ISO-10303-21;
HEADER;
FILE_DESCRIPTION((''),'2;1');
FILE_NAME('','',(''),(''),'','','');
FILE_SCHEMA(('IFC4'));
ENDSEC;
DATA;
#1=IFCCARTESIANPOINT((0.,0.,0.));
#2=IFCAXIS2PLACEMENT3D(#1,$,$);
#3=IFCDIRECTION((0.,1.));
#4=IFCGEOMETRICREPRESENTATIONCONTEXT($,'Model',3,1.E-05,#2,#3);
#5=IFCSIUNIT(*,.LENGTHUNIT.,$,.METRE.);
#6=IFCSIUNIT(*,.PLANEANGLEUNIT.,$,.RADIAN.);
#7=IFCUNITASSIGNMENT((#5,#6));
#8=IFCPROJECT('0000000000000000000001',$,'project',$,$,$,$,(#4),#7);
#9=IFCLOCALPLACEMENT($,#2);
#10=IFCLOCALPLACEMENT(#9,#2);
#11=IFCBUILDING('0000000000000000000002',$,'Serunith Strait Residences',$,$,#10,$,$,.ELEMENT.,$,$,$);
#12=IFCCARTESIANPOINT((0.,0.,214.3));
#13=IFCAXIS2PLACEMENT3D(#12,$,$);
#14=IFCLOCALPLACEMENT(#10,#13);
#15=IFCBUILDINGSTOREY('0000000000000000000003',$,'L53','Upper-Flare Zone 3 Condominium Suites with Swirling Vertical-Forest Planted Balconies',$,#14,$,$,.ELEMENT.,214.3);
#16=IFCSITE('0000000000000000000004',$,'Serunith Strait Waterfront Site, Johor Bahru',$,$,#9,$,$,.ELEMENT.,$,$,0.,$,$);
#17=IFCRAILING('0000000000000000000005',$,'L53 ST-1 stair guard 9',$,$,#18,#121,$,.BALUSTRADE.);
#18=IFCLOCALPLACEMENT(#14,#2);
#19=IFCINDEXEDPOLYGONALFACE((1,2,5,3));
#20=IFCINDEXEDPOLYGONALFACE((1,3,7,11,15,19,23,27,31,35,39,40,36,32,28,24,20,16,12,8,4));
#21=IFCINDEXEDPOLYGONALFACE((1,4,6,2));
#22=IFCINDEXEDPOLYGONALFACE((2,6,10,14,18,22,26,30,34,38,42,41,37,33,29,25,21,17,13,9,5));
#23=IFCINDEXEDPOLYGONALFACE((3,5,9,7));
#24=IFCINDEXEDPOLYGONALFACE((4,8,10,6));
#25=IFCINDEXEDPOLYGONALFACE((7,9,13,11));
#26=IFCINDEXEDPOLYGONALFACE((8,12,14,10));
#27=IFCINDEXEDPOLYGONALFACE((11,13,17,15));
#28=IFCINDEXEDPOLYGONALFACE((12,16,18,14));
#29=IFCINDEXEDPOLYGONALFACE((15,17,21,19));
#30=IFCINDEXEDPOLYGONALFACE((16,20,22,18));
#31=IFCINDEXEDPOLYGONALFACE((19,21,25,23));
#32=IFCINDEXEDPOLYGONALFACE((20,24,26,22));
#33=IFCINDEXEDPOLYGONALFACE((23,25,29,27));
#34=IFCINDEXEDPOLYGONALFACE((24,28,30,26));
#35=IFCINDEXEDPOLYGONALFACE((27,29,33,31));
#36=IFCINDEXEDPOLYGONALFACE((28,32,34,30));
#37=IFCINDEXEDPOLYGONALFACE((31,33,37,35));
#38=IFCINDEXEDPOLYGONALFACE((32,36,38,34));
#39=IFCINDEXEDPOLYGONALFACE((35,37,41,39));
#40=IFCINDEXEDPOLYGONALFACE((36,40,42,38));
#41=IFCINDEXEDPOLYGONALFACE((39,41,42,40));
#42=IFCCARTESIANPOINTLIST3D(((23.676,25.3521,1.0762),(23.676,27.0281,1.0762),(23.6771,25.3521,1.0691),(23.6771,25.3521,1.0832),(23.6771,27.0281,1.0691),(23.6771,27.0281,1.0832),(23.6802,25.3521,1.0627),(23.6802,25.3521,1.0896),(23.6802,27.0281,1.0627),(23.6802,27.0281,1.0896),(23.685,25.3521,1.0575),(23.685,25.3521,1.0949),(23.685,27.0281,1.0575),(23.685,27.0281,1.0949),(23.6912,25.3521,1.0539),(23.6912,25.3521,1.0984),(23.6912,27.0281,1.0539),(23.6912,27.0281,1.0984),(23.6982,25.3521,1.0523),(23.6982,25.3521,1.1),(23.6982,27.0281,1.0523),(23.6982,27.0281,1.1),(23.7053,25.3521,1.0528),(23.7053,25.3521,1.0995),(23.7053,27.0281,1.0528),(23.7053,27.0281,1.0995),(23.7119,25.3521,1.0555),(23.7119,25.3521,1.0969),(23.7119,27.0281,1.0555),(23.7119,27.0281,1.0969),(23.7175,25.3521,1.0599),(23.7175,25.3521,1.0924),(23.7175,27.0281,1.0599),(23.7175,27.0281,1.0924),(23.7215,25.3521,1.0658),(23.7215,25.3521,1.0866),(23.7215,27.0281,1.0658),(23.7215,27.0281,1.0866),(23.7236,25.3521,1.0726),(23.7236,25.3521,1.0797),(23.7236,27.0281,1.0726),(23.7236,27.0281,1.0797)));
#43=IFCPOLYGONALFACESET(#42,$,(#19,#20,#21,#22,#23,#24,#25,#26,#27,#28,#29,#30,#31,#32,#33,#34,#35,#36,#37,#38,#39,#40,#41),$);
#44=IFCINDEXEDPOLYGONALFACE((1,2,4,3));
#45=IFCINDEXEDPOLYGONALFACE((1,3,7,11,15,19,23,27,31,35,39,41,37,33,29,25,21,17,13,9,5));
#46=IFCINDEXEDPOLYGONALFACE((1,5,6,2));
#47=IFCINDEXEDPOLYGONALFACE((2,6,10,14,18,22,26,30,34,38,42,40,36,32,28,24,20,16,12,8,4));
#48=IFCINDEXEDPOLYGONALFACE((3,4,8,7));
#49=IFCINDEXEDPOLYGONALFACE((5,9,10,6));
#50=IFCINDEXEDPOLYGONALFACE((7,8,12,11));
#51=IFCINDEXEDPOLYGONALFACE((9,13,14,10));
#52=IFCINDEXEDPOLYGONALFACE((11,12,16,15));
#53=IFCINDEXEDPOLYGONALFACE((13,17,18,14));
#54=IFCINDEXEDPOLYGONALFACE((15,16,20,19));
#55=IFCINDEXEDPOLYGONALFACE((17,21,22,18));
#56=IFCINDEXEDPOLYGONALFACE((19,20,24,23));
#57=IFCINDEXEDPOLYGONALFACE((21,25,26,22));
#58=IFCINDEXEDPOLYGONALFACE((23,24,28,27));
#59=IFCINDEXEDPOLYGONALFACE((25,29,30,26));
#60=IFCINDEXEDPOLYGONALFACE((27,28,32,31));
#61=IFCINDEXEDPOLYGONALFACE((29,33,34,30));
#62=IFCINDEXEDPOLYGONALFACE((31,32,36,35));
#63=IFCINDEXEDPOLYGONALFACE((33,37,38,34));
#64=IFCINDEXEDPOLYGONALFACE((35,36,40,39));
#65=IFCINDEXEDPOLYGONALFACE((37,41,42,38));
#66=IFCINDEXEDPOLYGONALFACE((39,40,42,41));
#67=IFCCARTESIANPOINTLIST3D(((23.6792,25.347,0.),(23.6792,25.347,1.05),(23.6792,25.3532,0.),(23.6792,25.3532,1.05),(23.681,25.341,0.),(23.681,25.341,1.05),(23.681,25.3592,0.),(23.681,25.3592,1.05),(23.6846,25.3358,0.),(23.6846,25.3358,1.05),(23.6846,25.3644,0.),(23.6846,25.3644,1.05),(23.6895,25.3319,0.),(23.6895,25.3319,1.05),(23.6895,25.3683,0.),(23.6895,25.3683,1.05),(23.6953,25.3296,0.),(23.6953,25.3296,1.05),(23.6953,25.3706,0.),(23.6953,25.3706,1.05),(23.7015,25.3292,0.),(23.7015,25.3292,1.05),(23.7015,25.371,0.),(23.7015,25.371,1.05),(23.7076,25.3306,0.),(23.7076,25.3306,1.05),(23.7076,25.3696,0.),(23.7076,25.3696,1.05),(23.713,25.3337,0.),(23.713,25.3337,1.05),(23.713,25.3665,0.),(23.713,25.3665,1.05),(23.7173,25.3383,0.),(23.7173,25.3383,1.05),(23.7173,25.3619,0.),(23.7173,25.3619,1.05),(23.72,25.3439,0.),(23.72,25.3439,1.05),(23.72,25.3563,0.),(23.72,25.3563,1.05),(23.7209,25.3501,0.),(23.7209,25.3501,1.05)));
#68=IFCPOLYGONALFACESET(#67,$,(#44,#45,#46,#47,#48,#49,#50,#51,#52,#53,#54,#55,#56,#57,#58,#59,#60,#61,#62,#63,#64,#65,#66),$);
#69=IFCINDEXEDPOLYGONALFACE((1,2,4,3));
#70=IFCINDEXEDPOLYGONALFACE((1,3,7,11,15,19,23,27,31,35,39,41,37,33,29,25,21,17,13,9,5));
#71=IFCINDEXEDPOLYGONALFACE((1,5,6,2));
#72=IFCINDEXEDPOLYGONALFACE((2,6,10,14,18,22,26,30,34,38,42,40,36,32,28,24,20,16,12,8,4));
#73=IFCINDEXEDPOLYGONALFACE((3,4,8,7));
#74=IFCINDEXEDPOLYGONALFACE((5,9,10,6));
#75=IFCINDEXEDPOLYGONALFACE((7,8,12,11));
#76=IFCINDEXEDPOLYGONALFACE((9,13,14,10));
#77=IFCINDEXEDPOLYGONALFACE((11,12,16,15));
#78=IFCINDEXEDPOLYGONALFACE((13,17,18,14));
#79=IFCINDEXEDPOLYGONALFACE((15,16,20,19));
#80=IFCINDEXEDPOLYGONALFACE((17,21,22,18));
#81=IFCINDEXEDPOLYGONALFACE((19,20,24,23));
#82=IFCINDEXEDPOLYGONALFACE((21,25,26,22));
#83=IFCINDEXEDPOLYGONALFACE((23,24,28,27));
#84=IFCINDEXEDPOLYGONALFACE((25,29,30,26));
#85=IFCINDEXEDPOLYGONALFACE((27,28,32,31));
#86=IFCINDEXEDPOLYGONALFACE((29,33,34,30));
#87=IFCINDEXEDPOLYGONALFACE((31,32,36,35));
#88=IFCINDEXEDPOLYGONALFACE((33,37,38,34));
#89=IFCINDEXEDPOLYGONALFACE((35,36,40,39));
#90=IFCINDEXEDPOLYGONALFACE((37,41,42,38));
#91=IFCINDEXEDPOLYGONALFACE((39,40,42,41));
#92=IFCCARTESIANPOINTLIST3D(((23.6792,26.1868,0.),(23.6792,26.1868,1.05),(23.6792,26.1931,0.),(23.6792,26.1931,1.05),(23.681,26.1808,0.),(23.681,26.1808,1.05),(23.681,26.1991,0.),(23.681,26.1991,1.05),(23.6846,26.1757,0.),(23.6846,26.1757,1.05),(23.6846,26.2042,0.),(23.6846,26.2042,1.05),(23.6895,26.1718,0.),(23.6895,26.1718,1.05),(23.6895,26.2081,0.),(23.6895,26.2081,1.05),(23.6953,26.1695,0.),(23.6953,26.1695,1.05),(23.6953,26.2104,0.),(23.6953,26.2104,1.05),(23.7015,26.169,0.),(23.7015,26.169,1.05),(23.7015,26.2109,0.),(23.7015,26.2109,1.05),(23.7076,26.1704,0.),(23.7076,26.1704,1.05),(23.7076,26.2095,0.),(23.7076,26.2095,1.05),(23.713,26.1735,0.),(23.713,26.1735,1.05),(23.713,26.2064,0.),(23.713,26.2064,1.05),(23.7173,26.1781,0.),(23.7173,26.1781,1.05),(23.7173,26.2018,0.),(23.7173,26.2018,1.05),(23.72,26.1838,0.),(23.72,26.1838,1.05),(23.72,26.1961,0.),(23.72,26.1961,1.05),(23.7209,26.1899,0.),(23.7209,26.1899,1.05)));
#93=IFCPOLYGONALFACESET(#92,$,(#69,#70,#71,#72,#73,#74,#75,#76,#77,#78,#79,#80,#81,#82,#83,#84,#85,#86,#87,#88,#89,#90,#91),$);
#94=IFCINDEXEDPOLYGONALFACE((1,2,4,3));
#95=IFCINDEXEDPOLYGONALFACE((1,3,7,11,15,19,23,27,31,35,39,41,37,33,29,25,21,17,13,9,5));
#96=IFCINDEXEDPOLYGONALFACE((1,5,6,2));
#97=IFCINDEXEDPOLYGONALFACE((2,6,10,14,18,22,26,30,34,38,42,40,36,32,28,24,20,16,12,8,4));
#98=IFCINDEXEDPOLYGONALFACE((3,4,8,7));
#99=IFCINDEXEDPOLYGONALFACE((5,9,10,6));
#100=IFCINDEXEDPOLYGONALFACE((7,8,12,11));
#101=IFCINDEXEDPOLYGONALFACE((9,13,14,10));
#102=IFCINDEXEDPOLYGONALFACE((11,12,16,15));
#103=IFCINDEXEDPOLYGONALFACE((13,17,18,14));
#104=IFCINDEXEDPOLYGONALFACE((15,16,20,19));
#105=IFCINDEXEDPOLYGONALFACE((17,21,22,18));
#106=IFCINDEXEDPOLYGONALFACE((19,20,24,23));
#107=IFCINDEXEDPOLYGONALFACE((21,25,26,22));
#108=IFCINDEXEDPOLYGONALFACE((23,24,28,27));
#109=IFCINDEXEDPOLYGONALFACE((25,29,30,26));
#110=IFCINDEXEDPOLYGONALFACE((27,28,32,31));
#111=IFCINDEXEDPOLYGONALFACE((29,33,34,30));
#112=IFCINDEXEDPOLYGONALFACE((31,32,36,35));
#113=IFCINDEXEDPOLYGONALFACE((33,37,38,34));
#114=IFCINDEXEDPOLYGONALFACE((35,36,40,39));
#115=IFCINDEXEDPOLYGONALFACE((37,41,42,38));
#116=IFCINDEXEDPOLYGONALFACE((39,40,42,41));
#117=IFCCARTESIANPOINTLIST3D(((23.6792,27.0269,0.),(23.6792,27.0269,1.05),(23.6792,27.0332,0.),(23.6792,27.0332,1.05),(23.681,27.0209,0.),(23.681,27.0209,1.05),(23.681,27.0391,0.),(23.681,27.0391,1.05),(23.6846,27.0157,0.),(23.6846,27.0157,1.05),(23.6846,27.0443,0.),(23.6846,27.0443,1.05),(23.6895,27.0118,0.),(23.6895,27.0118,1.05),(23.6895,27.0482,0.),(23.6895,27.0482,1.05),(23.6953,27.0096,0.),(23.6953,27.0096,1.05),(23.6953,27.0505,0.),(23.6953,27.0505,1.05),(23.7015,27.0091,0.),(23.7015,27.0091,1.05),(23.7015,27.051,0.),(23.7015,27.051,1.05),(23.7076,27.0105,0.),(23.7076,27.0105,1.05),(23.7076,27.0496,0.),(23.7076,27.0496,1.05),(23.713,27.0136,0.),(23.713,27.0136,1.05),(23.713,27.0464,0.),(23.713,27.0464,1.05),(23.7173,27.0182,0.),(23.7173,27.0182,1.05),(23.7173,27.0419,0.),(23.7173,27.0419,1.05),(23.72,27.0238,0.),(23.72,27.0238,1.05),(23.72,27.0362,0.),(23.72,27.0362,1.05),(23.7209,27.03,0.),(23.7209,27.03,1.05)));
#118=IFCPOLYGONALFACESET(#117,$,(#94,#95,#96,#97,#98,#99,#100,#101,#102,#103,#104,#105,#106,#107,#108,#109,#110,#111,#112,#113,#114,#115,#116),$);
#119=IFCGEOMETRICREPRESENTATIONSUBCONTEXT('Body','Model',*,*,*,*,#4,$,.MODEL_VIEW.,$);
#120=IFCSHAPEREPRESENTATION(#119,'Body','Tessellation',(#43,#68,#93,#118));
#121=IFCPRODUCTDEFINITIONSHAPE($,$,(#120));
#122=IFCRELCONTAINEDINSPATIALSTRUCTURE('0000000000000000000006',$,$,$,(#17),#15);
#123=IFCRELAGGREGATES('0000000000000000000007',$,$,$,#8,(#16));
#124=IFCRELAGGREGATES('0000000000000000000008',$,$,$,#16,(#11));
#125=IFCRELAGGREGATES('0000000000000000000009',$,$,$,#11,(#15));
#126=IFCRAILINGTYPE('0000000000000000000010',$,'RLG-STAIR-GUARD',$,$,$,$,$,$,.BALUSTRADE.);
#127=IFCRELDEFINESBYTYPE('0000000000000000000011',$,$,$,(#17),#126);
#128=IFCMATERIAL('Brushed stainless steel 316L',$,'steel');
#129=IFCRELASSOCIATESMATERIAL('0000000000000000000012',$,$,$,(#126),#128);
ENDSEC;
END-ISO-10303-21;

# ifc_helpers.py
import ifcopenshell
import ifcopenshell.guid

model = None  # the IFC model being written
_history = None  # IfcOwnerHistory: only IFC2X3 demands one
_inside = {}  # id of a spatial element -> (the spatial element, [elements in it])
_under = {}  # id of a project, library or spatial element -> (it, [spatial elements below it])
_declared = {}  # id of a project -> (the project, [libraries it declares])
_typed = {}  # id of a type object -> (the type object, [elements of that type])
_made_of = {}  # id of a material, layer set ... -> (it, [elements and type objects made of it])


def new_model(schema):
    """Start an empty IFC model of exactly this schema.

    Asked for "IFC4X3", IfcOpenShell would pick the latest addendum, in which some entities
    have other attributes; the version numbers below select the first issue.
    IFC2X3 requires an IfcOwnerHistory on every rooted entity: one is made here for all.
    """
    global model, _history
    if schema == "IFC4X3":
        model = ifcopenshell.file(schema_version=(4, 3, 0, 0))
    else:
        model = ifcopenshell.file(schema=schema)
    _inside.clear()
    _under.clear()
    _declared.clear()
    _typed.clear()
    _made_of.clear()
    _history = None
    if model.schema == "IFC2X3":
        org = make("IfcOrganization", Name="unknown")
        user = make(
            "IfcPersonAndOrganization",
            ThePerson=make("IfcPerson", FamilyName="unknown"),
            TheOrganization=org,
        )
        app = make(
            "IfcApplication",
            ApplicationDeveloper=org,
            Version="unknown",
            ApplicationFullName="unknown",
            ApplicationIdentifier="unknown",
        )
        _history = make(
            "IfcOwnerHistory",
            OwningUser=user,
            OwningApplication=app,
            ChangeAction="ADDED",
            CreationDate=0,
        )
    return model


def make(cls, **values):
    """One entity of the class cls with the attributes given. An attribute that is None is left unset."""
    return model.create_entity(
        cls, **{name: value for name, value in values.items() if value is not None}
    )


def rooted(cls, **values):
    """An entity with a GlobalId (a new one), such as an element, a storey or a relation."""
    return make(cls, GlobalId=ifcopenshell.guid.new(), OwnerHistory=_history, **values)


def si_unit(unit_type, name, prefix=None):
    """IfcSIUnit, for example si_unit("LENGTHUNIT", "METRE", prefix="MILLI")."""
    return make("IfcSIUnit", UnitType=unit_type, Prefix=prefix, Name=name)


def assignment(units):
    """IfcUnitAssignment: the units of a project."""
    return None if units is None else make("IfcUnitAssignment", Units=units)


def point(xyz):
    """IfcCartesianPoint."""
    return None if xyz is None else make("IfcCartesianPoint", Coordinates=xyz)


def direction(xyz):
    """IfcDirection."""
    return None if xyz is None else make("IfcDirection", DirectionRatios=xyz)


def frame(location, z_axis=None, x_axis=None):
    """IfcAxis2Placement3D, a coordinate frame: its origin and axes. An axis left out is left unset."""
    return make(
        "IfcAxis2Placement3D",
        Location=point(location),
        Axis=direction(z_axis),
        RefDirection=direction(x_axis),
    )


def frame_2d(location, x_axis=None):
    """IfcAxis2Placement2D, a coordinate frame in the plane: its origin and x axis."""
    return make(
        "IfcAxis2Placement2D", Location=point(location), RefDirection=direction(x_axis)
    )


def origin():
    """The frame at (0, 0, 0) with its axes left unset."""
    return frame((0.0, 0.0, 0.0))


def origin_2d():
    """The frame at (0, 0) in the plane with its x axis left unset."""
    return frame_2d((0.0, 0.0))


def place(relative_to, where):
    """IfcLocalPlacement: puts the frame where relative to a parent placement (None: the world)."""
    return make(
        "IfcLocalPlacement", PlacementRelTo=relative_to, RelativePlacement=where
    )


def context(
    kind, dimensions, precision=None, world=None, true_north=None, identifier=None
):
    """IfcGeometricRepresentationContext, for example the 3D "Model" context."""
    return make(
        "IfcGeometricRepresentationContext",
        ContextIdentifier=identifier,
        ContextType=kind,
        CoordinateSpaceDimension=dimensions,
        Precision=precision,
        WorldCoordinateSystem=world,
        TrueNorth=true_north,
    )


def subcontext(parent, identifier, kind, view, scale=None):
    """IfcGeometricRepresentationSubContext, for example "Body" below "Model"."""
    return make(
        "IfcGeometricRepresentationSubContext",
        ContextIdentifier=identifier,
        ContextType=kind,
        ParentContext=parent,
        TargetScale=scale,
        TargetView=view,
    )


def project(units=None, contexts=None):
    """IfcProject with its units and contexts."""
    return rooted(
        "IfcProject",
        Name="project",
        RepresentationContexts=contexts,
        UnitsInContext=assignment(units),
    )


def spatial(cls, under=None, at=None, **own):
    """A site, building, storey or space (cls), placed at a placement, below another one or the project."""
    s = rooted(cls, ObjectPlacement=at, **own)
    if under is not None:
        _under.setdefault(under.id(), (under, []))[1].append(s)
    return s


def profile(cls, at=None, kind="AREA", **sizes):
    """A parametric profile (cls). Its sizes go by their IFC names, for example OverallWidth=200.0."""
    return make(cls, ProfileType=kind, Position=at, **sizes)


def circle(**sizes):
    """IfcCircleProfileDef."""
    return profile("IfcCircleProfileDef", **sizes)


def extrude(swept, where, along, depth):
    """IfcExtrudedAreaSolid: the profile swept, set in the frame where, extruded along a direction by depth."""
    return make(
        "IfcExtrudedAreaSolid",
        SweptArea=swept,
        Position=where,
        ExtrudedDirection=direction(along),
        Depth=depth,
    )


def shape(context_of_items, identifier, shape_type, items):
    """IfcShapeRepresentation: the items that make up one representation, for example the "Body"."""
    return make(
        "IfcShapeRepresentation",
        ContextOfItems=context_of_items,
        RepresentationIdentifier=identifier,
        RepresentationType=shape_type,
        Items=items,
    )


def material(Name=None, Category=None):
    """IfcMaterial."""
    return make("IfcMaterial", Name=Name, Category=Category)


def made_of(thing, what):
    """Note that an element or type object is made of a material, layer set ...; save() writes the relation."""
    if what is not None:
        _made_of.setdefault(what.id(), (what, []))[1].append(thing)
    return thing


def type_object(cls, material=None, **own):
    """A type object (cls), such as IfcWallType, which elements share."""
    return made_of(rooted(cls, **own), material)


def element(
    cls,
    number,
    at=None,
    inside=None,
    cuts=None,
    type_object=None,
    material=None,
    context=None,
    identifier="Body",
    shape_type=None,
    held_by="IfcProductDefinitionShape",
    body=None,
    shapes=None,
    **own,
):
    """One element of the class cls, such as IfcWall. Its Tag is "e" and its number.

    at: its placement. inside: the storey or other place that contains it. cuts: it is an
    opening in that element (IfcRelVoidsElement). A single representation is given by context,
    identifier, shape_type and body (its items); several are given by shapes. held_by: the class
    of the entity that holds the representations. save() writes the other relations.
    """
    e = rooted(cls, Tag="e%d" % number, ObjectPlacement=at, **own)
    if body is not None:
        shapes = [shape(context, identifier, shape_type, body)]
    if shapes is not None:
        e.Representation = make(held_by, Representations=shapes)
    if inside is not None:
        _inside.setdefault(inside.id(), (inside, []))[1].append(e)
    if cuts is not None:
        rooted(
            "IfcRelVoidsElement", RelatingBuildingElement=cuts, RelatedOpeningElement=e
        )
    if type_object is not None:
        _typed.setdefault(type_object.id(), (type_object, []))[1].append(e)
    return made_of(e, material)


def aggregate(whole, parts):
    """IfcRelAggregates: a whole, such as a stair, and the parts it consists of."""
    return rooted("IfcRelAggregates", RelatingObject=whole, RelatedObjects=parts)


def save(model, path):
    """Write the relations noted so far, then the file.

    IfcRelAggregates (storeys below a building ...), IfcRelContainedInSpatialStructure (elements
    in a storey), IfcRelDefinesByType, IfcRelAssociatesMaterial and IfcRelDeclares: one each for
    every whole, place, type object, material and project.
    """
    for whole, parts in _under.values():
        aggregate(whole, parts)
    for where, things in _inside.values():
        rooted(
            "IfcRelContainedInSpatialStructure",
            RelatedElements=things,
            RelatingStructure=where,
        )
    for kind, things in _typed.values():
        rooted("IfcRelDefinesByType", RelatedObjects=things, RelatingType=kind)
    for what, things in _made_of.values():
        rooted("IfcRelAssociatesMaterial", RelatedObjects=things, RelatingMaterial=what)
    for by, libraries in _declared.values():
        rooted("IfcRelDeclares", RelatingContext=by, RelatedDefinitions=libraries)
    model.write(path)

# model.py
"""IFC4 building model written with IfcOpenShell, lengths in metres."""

from ifc_helpers import new_model, si_unit, direction, frame, origin, origin_2d, place, context, subcontext, project, spatial, circle, extrude, material, type_object, element, save


model = new_model("IFC4")

# Units and contexts
model_context = context("Model", 3, precision=1e-05, world=origin(), true_north=direction((0.0, 1.0)))
body_context = subcontext(model_context, "Body", "Model", "MODEL_VIEW")
ifc_project = project(units=[si_unit("LENGTHUNIT", "METRE"), si_unit("PLANEANGLEUNIT", "RADIAN")], contexts=[model_context])

# Site, building, storey
site_placement = place(None, origin())
site = spatial("IfcSite", under=ifc_project, at=site_placement, Name="Serunith Strait Waterfront Site, Johor Bahru", CompositionType="ELEMENT", RefElevation=0.0)
building_placement = place(site_placement, origin())
building = spatial("IfcBuilding", under=site, at=building_placement, Name="Serunith Strait Residences", CompositionType="ELEMENT")
storey_placement = place(building_placement, frame((0.0, 0.0, 214.3)))
storey = spatial("IfcBuildingStorey", under=building, at=storey_placement, Name="L53", Description="Upper-Flare Zone 3 Condominium Suites with Swirling Vertical-Forest Planted Balconies", CompositionType="ELEMENT", Elevation=214.3)

# Railing
ifc_material_1 = material(Name="Brushed stainless steel 316L", Category="steel")
railing_type_1 = type_object("IfcRailingType", Name="RLG-STAIR-GUARD", PredefinedType="BALUSTRADE", material=ifc_material_1)
for number, where, name in (
    (1, (23.7, 25.3501, 0.0), "L53 ST-1 stair guard 9"),
):
    element("IfcRailing", number, at=place(storey_placement, frame(where)), inside=storey, type_object=railing_type_1, Name=name, PredefinedType="BALUSTRADE", context=body_context, shape_type="SweptSolid", body=[
        extrude(circle(Radius=0.0239, at=origin_2d()), frame((0.0, 0.002, 1.0762), z_axis=(0.0, 1.0, 0.0), x_axis=(-1.0, 0.0, 0.0)), (0.0, 0.0, 1.0), 1.676),
        extrude(circle(Radius=0.021, at=origin_2d()), origin(), (0.0, 0.0, 1.0), 1.05),
        extrude(circle(Radius=0.021, at=origin_2d()), frame((0.0, 0.8398, 0.0)), (0.0, 0.0, 1.0), 1.05),
        extrude(circle(Radius=0.021, at=origin_2d()), frame((0.0, 1.6799, 0.0)), (0.0, 0.0, 1.0), 1.05),
    ])

save(model, "model.ifc")
